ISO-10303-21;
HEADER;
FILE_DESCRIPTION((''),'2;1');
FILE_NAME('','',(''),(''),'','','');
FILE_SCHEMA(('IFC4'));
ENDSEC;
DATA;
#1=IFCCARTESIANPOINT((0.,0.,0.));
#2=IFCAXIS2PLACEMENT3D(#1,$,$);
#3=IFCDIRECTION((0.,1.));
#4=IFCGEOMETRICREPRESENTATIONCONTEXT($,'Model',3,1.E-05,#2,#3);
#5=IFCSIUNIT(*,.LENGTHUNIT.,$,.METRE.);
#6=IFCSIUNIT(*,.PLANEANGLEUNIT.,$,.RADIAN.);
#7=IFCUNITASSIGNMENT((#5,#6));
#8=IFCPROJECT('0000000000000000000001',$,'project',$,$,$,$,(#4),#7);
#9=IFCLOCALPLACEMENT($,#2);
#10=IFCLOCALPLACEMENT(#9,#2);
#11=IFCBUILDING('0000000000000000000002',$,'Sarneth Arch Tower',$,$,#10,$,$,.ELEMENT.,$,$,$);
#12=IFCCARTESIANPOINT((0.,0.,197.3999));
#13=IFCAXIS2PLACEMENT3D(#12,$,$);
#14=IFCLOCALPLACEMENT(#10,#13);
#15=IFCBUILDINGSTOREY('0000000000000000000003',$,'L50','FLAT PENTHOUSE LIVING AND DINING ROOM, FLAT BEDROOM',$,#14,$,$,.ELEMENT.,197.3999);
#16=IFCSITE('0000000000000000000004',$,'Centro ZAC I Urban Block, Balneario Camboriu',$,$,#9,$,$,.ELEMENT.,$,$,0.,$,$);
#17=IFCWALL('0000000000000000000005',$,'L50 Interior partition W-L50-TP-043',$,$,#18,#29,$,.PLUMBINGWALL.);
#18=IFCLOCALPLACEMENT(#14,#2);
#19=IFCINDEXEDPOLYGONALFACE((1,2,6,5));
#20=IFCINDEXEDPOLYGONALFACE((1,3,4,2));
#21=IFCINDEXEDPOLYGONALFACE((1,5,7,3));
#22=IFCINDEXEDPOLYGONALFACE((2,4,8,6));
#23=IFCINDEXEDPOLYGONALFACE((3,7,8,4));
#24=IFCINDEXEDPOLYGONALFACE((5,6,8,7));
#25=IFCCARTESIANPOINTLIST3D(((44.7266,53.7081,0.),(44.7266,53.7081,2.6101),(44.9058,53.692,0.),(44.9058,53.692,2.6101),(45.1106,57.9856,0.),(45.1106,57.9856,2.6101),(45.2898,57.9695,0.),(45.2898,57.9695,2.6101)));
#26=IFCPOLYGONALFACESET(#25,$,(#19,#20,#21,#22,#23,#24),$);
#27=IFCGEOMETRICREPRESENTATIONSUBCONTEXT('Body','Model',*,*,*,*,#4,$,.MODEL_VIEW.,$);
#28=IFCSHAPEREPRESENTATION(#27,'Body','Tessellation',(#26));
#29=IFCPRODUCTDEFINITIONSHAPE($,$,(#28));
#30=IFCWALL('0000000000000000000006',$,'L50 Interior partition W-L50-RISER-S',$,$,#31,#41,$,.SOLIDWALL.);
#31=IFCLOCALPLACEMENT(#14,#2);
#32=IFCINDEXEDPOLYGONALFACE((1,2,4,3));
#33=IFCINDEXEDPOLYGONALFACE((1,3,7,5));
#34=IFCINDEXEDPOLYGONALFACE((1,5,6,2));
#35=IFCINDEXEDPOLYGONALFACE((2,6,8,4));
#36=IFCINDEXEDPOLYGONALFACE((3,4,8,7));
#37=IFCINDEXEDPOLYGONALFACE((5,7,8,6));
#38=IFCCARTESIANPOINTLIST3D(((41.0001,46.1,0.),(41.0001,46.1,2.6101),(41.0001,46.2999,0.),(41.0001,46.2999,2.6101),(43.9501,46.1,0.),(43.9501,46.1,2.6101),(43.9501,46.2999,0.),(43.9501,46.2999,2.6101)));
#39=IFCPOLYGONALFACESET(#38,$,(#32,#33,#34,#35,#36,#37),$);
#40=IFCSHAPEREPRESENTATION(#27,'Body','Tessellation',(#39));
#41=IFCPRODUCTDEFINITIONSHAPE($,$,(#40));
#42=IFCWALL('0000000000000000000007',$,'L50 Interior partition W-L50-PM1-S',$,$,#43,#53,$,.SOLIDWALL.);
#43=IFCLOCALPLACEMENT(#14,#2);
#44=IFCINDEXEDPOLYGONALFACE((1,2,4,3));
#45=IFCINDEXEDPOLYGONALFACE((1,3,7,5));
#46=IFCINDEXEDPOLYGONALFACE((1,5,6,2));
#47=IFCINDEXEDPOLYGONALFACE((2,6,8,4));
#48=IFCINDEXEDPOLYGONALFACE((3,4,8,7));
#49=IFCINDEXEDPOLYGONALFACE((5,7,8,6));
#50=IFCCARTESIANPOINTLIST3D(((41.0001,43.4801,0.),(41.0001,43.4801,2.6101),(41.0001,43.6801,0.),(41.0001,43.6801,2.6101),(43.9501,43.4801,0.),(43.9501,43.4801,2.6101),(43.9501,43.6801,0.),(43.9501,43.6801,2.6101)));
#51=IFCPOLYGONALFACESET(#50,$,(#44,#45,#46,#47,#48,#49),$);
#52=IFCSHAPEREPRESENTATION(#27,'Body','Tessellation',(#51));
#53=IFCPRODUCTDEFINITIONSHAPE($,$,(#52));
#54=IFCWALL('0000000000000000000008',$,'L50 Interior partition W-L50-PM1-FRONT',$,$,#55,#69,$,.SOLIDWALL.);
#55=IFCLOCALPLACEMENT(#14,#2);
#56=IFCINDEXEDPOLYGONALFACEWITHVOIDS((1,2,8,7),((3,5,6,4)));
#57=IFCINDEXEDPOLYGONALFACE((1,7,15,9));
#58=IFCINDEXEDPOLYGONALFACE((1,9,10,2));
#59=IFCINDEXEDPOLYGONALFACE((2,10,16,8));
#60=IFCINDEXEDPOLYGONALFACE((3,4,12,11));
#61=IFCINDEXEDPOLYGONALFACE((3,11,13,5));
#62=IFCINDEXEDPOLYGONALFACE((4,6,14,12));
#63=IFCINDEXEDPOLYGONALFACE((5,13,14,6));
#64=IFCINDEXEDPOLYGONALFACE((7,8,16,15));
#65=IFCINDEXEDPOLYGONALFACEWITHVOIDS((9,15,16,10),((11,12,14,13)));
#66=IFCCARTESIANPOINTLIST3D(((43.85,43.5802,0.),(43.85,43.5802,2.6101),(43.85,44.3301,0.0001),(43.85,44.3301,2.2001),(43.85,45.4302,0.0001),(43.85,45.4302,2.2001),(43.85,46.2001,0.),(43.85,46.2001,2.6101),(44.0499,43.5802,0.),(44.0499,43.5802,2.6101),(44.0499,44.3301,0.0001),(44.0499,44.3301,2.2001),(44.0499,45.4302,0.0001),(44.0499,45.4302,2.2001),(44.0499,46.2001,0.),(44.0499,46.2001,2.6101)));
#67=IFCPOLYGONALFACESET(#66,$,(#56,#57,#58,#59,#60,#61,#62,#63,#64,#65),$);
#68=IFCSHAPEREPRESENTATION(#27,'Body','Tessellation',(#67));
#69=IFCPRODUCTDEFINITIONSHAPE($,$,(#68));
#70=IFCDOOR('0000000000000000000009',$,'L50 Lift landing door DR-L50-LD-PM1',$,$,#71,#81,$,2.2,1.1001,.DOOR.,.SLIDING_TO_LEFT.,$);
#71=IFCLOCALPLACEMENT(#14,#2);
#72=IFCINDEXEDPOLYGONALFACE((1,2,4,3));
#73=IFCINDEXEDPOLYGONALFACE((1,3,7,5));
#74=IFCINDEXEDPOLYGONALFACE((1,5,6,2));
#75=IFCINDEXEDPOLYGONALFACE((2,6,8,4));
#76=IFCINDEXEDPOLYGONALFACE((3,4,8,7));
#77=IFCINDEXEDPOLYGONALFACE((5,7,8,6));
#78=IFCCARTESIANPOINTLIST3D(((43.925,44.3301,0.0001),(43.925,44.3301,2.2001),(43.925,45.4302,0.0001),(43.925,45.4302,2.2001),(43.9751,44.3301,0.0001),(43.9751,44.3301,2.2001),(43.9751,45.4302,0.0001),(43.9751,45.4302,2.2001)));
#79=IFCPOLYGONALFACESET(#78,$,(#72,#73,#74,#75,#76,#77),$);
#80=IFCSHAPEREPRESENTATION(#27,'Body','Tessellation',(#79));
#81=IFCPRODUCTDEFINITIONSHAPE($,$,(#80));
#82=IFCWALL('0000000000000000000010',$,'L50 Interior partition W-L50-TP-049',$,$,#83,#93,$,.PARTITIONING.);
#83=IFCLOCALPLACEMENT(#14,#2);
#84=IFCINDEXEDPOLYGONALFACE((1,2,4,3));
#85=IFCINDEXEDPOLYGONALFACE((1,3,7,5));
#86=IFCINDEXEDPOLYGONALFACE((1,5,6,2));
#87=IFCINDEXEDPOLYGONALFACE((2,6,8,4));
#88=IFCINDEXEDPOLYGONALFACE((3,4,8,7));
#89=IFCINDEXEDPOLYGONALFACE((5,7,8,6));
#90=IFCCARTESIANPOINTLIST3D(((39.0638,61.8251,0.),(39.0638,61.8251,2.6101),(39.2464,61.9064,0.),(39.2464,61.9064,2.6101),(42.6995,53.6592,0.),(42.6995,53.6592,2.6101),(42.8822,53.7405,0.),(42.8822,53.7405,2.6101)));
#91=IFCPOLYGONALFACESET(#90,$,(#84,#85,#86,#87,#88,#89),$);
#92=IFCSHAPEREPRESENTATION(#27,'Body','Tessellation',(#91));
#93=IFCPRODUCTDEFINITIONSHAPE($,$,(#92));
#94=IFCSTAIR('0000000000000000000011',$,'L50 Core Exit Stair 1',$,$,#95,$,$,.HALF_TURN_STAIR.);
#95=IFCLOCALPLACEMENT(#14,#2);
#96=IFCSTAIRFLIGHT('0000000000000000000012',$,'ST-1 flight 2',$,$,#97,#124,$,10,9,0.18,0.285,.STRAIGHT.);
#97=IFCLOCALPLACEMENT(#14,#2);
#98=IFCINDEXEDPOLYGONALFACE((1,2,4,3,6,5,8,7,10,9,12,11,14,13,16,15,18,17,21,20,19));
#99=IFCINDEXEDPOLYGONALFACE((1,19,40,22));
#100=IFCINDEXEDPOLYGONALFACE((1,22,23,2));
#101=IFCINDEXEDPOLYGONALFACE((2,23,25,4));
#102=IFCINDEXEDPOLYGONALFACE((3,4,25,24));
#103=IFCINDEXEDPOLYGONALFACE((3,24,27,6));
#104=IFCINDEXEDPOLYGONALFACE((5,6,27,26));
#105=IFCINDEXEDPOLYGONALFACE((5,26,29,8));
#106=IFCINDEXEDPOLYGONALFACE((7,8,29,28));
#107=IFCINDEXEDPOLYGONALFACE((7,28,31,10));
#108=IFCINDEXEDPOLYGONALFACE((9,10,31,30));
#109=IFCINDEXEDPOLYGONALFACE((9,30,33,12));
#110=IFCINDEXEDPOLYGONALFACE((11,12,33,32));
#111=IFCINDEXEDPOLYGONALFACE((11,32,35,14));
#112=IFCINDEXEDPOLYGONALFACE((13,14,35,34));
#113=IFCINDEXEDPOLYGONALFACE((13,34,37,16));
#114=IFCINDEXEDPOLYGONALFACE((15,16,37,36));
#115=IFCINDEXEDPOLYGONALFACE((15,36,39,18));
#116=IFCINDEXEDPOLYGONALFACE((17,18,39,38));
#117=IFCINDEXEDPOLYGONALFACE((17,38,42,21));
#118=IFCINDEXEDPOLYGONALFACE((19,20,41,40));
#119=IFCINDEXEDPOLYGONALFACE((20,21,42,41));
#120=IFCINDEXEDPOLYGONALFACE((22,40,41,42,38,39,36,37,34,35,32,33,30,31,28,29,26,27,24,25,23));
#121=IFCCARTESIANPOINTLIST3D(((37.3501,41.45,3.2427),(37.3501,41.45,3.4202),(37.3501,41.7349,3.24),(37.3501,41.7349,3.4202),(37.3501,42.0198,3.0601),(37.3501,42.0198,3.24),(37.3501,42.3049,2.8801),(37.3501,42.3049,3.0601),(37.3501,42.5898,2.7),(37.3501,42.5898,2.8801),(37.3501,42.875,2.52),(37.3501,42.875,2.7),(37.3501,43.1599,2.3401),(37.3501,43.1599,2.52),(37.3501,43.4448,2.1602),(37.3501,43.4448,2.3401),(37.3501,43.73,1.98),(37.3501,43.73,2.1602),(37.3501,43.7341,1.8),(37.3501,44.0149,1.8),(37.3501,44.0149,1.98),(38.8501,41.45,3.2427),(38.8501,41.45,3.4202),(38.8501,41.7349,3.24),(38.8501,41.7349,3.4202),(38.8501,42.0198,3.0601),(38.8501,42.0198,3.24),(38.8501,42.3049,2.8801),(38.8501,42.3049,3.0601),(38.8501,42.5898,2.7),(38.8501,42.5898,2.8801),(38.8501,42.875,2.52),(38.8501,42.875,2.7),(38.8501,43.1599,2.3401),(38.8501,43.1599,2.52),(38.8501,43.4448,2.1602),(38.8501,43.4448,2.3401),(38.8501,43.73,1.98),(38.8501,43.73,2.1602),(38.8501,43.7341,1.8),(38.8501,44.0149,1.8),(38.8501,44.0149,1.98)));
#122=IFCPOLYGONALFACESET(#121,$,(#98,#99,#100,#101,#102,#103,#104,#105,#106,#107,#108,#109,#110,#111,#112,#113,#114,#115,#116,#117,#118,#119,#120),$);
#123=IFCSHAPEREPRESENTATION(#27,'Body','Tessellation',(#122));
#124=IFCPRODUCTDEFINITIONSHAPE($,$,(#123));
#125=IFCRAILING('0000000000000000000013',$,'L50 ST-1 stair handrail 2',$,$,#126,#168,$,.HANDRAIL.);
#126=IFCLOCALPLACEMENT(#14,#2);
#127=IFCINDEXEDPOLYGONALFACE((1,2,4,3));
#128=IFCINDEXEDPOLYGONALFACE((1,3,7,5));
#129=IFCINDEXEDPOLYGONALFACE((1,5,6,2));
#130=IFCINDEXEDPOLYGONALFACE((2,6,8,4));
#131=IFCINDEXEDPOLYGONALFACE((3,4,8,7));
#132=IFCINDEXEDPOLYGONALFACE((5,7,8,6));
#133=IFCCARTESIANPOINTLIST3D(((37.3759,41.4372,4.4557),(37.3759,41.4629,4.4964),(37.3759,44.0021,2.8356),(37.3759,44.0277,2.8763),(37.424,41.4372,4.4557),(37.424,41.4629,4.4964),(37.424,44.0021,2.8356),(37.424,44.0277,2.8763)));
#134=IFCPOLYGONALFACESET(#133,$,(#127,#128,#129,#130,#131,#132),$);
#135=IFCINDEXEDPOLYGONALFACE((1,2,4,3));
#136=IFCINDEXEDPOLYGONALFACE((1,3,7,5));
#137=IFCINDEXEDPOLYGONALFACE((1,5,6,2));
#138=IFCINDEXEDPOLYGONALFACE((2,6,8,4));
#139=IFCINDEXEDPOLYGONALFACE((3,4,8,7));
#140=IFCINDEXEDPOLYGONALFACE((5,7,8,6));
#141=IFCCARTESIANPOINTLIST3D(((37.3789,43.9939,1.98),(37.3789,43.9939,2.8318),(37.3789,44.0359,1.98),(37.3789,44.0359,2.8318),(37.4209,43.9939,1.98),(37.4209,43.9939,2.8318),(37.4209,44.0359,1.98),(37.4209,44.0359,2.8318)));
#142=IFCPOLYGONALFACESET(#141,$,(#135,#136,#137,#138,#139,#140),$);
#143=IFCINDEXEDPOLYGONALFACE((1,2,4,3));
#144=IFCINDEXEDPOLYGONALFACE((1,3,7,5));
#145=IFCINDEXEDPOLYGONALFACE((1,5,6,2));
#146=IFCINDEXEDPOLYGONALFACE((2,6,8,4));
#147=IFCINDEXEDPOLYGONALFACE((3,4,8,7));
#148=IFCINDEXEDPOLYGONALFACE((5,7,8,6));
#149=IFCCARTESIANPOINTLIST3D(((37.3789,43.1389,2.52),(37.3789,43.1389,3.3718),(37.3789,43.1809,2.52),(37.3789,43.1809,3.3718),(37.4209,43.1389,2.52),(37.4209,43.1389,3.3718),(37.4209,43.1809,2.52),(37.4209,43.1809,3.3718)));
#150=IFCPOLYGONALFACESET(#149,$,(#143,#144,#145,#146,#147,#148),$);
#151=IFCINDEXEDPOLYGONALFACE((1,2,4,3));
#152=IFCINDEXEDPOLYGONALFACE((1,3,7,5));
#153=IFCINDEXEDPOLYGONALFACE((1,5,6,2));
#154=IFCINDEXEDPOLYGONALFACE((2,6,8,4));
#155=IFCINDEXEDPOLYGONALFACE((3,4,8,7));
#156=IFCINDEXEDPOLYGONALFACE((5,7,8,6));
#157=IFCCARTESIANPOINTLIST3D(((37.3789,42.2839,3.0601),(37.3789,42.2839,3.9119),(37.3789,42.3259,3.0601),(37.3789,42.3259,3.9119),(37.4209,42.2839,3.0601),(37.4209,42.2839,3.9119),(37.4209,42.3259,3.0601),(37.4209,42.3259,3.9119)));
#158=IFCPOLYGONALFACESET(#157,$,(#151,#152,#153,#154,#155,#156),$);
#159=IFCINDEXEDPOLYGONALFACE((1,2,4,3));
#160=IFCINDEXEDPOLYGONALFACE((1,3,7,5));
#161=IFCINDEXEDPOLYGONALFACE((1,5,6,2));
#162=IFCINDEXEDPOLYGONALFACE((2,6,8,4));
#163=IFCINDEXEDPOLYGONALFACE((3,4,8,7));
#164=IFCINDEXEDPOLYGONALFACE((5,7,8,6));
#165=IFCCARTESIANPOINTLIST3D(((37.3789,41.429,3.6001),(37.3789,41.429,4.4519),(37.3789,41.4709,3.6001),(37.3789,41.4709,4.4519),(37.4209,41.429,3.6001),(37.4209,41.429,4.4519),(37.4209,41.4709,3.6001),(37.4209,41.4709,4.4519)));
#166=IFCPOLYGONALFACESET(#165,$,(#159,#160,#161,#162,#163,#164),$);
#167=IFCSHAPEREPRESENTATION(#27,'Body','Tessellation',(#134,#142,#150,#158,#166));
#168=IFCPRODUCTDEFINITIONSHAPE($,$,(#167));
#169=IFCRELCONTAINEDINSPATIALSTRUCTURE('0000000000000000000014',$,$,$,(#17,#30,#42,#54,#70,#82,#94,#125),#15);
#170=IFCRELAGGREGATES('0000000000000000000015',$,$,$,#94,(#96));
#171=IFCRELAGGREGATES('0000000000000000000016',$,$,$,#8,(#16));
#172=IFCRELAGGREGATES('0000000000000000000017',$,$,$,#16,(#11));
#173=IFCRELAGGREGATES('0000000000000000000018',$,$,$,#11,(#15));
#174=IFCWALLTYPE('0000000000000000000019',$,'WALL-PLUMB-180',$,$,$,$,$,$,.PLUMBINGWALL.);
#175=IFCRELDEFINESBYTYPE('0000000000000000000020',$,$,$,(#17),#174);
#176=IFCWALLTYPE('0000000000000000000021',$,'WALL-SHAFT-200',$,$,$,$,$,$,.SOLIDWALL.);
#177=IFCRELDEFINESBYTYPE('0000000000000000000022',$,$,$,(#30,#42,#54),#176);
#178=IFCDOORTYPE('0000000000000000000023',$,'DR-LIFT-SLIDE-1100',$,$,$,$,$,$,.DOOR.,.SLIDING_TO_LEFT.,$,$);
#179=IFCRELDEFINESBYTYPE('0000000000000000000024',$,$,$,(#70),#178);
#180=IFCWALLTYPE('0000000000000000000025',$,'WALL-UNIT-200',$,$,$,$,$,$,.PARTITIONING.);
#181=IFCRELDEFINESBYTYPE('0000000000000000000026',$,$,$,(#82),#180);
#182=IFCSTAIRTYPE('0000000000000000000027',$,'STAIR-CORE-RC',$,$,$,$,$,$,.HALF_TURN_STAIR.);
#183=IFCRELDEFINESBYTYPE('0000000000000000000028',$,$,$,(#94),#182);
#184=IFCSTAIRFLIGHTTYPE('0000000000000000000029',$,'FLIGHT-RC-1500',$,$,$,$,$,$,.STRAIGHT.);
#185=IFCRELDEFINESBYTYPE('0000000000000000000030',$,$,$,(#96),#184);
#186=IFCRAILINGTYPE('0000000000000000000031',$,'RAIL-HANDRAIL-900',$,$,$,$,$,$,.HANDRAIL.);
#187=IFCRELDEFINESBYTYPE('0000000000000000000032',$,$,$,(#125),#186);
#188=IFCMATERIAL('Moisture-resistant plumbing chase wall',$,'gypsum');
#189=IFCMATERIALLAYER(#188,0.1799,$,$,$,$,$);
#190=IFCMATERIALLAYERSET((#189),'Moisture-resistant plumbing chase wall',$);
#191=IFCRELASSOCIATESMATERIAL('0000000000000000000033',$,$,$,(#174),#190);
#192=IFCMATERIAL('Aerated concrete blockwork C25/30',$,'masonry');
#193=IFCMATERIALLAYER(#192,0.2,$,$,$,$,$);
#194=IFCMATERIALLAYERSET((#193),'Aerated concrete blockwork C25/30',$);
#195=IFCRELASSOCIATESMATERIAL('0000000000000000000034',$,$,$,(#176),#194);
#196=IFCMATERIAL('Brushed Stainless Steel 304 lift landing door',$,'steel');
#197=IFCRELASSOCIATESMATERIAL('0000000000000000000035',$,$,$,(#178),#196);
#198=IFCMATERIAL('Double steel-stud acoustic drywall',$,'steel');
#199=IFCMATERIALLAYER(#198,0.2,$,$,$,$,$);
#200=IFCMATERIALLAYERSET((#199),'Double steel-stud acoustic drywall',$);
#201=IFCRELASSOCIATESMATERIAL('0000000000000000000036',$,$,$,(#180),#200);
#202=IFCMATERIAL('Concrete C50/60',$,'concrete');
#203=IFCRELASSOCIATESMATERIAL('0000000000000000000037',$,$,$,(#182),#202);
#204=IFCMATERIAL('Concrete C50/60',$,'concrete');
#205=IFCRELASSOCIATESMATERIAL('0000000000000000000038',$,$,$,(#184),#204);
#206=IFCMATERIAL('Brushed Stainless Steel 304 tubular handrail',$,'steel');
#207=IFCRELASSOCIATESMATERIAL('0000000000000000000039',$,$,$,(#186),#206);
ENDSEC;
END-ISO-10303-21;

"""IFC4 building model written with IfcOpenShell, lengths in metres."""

from ifc_helpers import new_model, si_unit, direction, frame, frame_2d, origin, origin_2d, place, context, subcontext, project, spatial, polyline, rectangle, outline, extrude, material, layer, layer_set, type_object, element, fill, aggregate, save


model = new_model("IFC4")

# Units and contexts
model_context = context("Model", 3, precision=1e-05, world=origin(), true_north=direction((0.0, 1.0)))
body_context = subcontext(model_context, "Body", "Model", "MODEL_VIEW")
ifc_project = project(units=[si_unit("LENGTHUNIT", "METRE"), si_unit("PLANEANGLEUNIT", "RADIAN")], contexts=[model_context])

# Site, building, storey
site_placement = place(None, origin())
site = spatial("IfcSite", under=ifc_project, at=site_placement, Name="Centro ZAC I Urban Block, Balneario Camboriu", CompositionType="ELEMENT", RefElevation=0.0)
building_placement = place(site_placement, origin())
building = spatial("IfcBuilding", under=site, at=building_placement, Name="Sarneth Arch Tower", CompositionType="ELEMENT")
storey_placement = place(building_placement, frame((0.0, 0.0, 197.3999)))
storey = spatial("IfcBuildingStorey", under=building, at=storey_placement, Name="L50", Description="FLAT PENTHOUSE LIVING AND DINING ROOM, FLAT BEDROOM", CompositionType="ELEMENT", Elevation=197.3999)

# Walls
ifc_material_1 = material(Name="Moisture-resistant plumbing chase wall", Category="gypsum")
ifc_layer_1 = layer(ifc_material_1, 0.1799)
ifc_layer_set_1 = layer_set([ifc_layer_1], Name="Moisture-resistant plumbing chase wall")
wall_type_1 = type_object("IfcWallType", Name="WALL-PLUMB-180", PredefinedType="PLUMBINGWALL", material=ifc_layer_set_1)
wall_1_placement = place(storey_placement, frame((44.8162, 53.7, 0.0), z_axis=(0.0, 0.0, 1.0), x_axis=(0.089418, 0.995994, 0.0)))
element("IfcWall", 1, at=wall_1_placement, inside=storey, type_object=wall_type_1, Name="L50 Interior partition W-L50-TP-043", PredefinedType="PLUMBINGWALL", context=body_context, shape_type="SweptSolid", body=[
    extrude(rectangle(XDim=4.2947, YDim=0.1799, at=frame_2d((2.1475, 0.0))), origin(), (0.0, 0.0, 1.0), 2.6101),
])
ifc_material_2 = material(Name="Aerated concrete blockwork C25/30", Category="masonry")
ifc_layer_2 = layer(ifc_material_2, 0.2)
ifc_layer_set_2 = layer_set([ifc_layer_2], Name="Aerated concrete blockwork C25/30")
wall_type_2 = type_object("IfcWallType", Name="WALL-SHAFT-200", PredefinedType="SOLIDWALL", material=ifc_layer_set_2)
wall_2_placement = place(storey_placement, frame((41.0, 46.2, 0.0), z_axis=(0.0, 0.0, 1.0), x_axis=(1.0, 0.0, 0.0)))
element("IfcWall", 2, at=wall_2_placement, inside=storey, type_object=wall_type_2, Name="L50 Interior partition W-L50-RISER-S", PredefinedType="SOLIDWALL", context=body_context, shape_type="SweptSolid", body=[
    extrude(rectangle(XDim=2.95, YDim=0.2, at=frame_2d((1.4751, 0.0))), origin(), (0.0, 0.0, 1.0), 2.6101),
])

# Wall
wall_3_placement = place(storey_placement, frame((41.0, 43.5801, 0.0), z_axis=(0.0, 0.0, 1.0), x_axis=(1.0, 0.0, 0.0)))
element("IfcWall", 3, at=wall_3_placement, inside=storey, type_object=wall_type_2, Name="L50 Interior partition W-L50-PM1-S", PredefinedType="SOLIDWALL", context=body_context, shape_type="SweptSolid", body=[
    extrude(rectangle(XDim=2.95, YDim=0.2, at=frame_2d((1.4751, 0.0))), origin(), (0.0, 0.0, 1.0), 2.6101),
])

# Wall, opening, door
wall_4_placement = place(storey_placement, frame((43.95, 43.5801, 0.0), z_axis=(0.0, 0.0, 1.0), x_axis=(0.0, 1.0, 0.0)))
wall_4 = element("IfcWall", 4, at=wall_4_placement, inside=storey, type_object=wall_type_2, Name="L50 Interior partition W-L50-PM1-FRONT", PredefinedType="SOLIDWALL", context=body_context, shape_type="SweptSolid", body=[
    extrude(rectangle(XDim=2.6199, YDim=0.2, at=frame_2d((1.3101, 0.0))), origin(), (0.0, 0.0, 1.0), 2.6101),
])
opening_1_placement = place(wall_4_placement, frame((0.75, 0.0, 0.0)))
opening_1 = element("IfcOpeningElement", 5, at=opening_1_placement, cuts=wall_4, PredefinedType="OPENING", context=body_context, shape_type="SweptSolid", body=[
    extrude(rectangle(XDim=1.1001, YDim=2.2, at=frame_2d((0.55, 1.1001))), frame((0.0, 0.1099, 0.0), z_axis=(0.0, -1.0, 0.0), x_axis=(1.0, 0.0, 0.0)), (0.0, 0.0, 1.0), 0.22),
])
ifc_material_3 = material(Name="Brushed Stainless Steel 304 lift landing door", Category="steel")
door_type_1 = type_object("IfcDoorType", Name="DR-LIFT-SLIDE-1100", OperationType="SLIDING_TO_LEFT", PredefinedType="DOOR", material=ifc_material_3)
door_1_placement = place(opening_1_placement, origin())
door_1 = element("IfcDoor", 6, at=door_1_placement, inside=storey, type_object=door_type_1, Name="L50 Lift landing door DR-L50-LD-PM1", OperationType="SLIDING_TO_LEFT", OverallHeight=2.2, OverallWidth=1.1001, PredefinedType="DOOR", context=body_context, shape_type="SweptSolid", body=[
    extrude(rectangle(XDim=1.1001, YDim=2.2, at=frame_2d((0.55, 1.1001))), frame((0.0, 0.0249, 0.0), z_axis=(0.0, -1.0, 0.0), x_axis=(1.0, 0.0, 0.0)), (0.0, 0.0, 1.0), 0.05),
])
fill(opening_1, door_1)

# Wall
ifc_material_4 = material(Name="Double steel-stud acoustic drywall", Category="steel")
ifc_layer_3 = layer(ifc_material_4, 0.2)
ifc_layer_set_3 = layer_set([ifc_layer_3], Name="Double steel-stud acoustic drywall")
wall_type_3 = type_object("IfcWallType", Name="WALL-UNIT-200", PredefinedType="PARTITIONING", material=ifc_layer_set_3)
wall_5_placement = place(storey_placement, frame((42.7908, 53.7, 0.0), z_axis=(0.0, 0.0, 1.0), x_axis=(-0.406736, 0.913546, 0.0)))
element("IfcWall", 7, at=wall_5_placement, inside=storey, type_object=wall_type_3, Name="L50 Interior partition W-L50-TP-049", PredefinedType="PARTITIONING", context=body_context, shape_type="SweptSolid", body=[
    extrude(rectangle(XDim=8.9387, YDim=0.2, at=frame_2d((4.4692, 0.0))), origin(), (0.0, 0.0, 1.0), 2.6101),
])

# Stair, stair flight
ifc_material_5 = material(Name="Concrete C50/60", Category="concrete")
stair_type = type_object("IfcStairType", Name="STAIR-CORE-RC", PredefinedType="HALF_TURN_STAIR", material=ifc_material_5)
stair_placement = place(storey_placement, origin())
stair = element("IfcStair", 8, at=stair_placement, inside=storey, type_object=stair_type, Name="L50 Core Exit Stair 1", PredefinedType="HALF_TURN_STAIR")
ifc_material_6 = material(Name="Concrete C50/60", Category="concrete")
stair_flight_type = type_object("IfcStairFlightType", Name="FLIGHT-RC-1500", PredefinedType="STRAIGHT", material=ifc_material_6)
stair_flight_placement = place(storey_placement, frame((38.1001, 44.0149, 1.8), z_axis=(0.0, 0.0, 1.0), x_axis=(0.0, -1.0, 0.0)))
stair_flight = element("IfcStairFlight", 9, at=stair_flight_placement, type_object=stair_flight_type, Name="ST-1 flight 2", NumberOfRisers=10, NumberOfTreads=9, PredefinedType="STRAIGHT", RiserHeight=0.18, TreadLength=0.285, context=body_context, shape_type="SweptSolid", body=[
    extrude(outline(polyline([(0.0, 0.0), (0.0, 0.1799), (0.2849, 0.1799), (0.2849, 0.3601), (0.5701, 0.3601), (0.5701, 0.54), (0.855, 0.54), (0.855, 0.72), (1.1399, 0.72), (1.1399, 0.8999), (1.425, 0.8999), (1.425, 1.0801), (1.71, 1.0801), (1.71, 1.26), (1.9951, 1.26), (1.9951, 1.4399), (2.28, 1.4399), (2.28, 1.6201), (2.5649, 1.6201), (2.5649, 1.8), (2.5649, 1.4426), (0.2808, 0.0), (0.0, 0.0)])), frame((0.0, 0.75, 0.0), z_axis=(0.0, -1.0, 0.0), x_axis=(1.0, 0.0, 0.0)), (0.0, 0.0, 1.0), 1.5),
])
aggregate(stair, [stair_flight])

# Railing
ifc_material_7 = material(Name="Brushed Stainless Steel 304 tubular handrail", Category="steel")
railing_type_1 = type_object("IfcRailingType", Name="RAIL-HANDRAIL-900", PredefinedType="HANDRAIL", material=ifc_material_7)
railing_1_placement = place(storey_placement, frame((37.3999, 44.0149, 1.98)))
element("IfcRailing", 10, at=railing_1_placement, inside=storey, type_object=railing_type_1, Name="L50 ST-1 stair handrail 2", PredefinedType="HANDRAIL", context=body_context, shape_type="SweptSolid", body=[
    extrude(rectangle(XDim=0.0481, YDim=0.0481, at=origin_2d()), frame((0.0, 0.0, 0.876), z_axis=(0.0, -0.845466, 0.534029), x_axis=(1.0, 0.0, 0.0)), (0.0, 0.0, 1.0), 3.0337),
    extrude(rectangle(XDim=0.042, YDim=0.042, at=origin_2d()), origin(), (0.0, 0.0, 1.0), 0.8518),
    extrude(rectangle(XDim=0.042, YDim=0.042, at=origin_2d()), frame((0.0, -0.855, 0.54)), (0.0, 0.0, 1.0), 0.8518),
    extrude(rectangle(XDim=0.042, YDim=0.042, at=origin_2d()), frame((0.0, -1.71, 1.0801)), (0.0, 0.0, 1.0), 0.8518),
    extrude(rectangle(XDim=0.042, YDim=0.042, at=origin_2d()), frame((0.0, -2.5649, 1.6201)), (0.0, 0.0, 1.0), 0.8518),
])

save(model, "model.ifc")
